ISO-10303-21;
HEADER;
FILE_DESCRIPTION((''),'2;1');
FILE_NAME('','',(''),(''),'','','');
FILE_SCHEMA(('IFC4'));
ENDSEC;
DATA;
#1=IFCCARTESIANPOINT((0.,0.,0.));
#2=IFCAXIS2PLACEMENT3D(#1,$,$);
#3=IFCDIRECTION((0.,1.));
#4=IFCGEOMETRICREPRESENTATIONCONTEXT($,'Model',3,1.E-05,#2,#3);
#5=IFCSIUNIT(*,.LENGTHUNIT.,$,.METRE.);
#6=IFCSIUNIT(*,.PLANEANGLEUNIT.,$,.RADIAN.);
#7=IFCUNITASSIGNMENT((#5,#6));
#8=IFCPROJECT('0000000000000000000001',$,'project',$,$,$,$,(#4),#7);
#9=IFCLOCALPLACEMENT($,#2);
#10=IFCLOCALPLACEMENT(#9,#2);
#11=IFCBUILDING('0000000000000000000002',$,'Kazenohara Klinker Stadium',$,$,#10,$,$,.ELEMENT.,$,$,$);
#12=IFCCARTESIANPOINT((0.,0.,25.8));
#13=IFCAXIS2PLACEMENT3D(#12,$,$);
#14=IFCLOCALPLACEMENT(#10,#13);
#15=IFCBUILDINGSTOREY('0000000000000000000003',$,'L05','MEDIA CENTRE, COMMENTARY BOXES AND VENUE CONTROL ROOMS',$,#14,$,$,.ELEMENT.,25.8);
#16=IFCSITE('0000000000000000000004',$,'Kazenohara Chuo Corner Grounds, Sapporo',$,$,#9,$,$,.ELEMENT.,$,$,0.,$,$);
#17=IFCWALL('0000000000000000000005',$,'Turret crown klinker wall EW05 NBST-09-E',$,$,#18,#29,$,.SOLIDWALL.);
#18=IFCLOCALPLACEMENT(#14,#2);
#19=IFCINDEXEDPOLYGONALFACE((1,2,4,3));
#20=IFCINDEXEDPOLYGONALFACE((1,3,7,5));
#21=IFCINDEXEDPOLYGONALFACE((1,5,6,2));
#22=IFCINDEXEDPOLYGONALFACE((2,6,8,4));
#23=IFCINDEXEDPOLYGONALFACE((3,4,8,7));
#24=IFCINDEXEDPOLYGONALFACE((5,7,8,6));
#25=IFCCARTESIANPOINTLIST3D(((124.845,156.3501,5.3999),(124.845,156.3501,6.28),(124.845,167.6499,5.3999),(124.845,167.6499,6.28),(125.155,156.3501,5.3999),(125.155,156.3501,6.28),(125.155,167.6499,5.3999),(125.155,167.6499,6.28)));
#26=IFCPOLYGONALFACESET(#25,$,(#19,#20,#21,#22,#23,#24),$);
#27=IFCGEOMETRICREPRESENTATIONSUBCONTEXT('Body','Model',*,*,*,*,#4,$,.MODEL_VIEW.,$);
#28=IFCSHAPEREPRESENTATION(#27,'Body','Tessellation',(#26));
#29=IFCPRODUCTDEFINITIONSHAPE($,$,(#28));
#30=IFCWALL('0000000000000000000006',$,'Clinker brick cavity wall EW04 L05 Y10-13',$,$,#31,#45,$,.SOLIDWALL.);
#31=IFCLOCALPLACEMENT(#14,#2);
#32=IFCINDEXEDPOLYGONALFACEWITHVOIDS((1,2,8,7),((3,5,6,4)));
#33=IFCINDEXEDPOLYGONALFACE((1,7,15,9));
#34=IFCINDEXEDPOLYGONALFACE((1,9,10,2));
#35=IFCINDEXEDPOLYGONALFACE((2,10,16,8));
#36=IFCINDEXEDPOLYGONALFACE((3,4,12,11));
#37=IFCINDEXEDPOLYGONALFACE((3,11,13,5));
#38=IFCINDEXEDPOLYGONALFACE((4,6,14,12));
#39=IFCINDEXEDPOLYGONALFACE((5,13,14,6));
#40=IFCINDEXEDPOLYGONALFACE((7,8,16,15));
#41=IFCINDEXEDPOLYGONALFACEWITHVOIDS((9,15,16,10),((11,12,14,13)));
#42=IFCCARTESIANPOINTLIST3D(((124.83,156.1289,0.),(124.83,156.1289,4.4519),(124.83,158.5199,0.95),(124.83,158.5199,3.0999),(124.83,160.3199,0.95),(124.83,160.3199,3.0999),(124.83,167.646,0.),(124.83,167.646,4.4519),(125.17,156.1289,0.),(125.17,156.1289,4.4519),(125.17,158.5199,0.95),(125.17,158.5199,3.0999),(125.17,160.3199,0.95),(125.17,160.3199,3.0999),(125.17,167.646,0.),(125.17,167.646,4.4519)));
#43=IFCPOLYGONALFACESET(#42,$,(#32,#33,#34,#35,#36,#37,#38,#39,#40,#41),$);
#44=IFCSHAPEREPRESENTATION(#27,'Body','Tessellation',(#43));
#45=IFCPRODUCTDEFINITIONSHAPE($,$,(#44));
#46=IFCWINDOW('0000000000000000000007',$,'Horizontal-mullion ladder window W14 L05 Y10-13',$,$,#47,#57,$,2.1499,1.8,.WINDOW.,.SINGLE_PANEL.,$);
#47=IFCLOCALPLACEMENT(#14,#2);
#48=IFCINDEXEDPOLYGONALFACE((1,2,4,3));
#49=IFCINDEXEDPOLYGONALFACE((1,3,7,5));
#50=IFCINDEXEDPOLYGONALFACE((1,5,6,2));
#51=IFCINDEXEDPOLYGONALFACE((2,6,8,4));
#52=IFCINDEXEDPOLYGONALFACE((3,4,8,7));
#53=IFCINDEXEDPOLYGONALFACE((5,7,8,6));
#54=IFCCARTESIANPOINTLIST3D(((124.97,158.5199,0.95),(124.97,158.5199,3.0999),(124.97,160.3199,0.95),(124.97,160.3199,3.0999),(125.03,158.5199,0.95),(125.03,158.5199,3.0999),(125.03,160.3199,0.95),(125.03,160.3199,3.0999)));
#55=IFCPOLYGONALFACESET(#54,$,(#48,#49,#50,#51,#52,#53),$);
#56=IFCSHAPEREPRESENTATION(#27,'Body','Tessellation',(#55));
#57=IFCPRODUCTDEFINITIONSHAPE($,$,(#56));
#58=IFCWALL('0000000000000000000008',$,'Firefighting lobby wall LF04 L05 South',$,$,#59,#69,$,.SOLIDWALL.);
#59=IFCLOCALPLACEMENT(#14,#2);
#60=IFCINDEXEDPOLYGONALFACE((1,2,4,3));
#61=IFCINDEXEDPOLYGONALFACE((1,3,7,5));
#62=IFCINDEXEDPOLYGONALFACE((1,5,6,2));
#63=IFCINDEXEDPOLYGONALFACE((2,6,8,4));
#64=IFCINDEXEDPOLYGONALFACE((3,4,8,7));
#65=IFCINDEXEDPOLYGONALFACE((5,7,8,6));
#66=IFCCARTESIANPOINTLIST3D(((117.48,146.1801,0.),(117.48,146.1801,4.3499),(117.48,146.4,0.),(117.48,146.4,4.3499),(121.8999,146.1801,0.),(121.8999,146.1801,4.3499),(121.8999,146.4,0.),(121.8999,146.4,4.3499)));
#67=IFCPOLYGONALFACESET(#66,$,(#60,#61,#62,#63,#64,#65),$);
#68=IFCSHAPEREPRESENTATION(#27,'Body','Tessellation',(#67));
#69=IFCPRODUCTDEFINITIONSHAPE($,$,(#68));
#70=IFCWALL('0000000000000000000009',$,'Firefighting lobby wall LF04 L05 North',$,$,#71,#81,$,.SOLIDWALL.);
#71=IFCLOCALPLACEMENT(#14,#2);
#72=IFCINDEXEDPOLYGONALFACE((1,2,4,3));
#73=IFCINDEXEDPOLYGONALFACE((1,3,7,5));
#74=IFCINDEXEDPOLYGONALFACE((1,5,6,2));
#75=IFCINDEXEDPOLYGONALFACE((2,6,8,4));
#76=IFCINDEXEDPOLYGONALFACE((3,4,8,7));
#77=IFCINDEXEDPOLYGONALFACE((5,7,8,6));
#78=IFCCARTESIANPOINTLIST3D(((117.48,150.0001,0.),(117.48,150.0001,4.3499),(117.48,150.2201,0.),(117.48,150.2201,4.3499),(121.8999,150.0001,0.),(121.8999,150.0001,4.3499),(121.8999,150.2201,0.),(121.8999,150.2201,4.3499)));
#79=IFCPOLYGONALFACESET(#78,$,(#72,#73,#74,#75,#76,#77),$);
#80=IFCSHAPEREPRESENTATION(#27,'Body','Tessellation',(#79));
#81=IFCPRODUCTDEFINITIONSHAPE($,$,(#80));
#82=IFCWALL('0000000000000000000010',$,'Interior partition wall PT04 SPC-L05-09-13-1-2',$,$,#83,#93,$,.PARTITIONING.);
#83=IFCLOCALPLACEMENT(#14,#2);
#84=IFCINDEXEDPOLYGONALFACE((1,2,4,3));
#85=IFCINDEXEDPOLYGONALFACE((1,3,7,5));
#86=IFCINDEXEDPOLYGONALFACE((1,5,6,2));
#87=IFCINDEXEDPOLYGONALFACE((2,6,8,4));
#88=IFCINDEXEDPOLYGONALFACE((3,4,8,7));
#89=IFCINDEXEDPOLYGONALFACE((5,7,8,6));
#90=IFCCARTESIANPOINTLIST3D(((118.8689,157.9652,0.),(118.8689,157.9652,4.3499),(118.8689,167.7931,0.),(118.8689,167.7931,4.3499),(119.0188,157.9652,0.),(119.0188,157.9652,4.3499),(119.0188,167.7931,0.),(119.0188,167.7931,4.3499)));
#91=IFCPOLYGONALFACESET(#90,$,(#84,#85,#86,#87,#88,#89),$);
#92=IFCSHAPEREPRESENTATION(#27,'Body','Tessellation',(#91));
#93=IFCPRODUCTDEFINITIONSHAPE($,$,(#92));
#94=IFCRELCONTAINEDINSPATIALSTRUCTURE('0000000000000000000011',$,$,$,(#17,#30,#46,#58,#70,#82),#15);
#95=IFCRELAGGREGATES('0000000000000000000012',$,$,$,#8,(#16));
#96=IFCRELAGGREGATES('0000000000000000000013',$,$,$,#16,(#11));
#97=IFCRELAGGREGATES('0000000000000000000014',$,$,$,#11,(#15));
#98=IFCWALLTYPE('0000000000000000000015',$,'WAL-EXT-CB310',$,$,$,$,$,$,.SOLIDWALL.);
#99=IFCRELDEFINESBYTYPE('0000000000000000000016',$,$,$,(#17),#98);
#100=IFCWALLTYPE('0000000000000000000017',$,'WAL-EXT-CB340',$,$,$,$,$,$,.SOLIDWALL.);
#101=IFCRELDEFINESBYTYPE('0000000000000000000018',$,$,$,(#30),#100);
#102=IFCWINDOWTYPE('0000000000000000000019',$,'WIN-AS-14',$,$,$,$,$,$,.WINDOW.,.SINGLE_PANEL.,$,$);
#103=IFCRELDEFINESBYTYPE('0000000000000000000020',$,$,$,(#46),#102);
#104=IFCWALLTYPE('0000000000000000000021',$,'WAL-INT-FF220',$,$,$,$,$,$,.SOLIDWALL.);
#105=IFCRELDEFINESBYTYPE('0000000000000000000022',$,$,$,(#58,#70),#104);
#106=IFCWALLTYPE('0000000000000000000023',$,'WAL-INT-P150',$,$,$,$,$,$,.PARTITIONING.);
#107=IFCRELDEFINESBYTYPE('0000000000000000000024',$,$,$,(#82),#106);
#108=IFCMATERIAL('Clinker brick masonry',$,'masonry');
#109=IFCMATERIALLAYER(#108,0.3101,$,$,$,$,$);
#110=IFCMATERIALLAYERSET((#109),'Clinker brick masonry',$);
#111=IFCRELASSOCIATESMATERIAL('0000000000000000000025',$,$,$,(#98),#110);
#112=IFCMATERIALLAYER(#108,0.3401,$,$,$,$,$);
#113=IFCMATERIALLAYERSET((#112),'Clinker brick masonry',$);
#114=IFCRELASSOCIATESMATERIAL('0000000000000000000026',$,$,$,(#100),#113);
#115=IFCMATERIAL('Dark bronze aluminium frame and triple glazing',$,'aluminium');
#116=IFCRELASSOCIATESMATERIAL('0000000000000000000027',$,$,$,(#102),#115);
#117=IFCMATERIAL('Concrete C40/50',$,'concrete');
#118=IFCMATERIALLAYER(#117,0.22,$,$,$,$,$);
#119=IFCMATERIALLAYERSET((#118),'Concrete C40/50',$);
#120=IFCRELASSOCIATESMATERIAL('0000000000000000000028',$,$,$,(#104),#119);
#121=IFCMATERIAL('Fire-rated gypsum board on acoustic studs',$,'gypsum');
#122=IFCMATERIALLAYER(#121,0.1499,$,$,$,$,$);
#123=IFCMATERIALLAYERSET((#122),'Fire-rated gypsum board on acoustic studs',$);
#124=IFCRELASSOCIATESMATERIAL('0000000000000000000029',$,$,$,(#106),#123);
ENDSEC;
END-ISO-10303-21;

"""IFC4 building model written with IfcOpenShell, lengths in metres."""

from ifc_helpers import new_model, si_unit, direction, frame, frame_2d, origin, place, context, subcontext, project, spatial, rectangle, extrude, material, layer, layer_set, type_object, element, fill, save


model = new_model("IFC4")

# Units and contexts
model_context = context("Model", 3, precision=1e-05, world=origin(), true_north=direction((0.0, 1.0)))
body_context = subcontext(model_context, "Body", "Model", "MODEL_VIEW")
ifc_project = project(units=[si_unit("LENGTHUNIT", "METRE"), si_unit("PLANEANGLEUNIT", "RADIAN")], contexts=[model_context])

# Site, building, storey
site_placement = place(None, origin())
site = spatial("IfcSite", under=ifc_project, at=site_placement, Name="Kazenohara Chuo Corner Grounds, Sapporo", CompositionType="ELEMENT", RefElevation=0.0)
building_placement = place(site_placement, origin())
building = spatial("IfcBuilding", under=site, at=building_placement, Name="Kazenohara Klinker Stadium", CompositionType="ELEMENT")
storey_placement = place(building_placement, frame((0.0, 0.0, 25.8)))
storey = spatial("IfcBuildingStorey", under=building, at=storey_placement, Name="L05", Description="MEDIA CENTRE, COMMENTARY BOXES AND VENUE CONTROL ROOMS", CompositionType="ELEMENT", Elevation=25.8)

# Shared definitions
ifc_material_1 = material(Name="Concrete C40/50", Category="concrete")

# Shared definitions
ifc_material_2 = material(Name="Clinker brick masonry", Category="masonry")
ifc_material_3 = material(Name="Dark bronze aluminium frame and triple glazing", Category="aluminium")
ifc_layer_1 = layer(ifc_material_2, 0.3101)
ifc_layer_set_1 = layer_set([ifc_layer_1], Name="Clinker brick masonry")
wall_type_1 = type_object("IfcWallType", Name="WAL-EXT-CB310", PredefinedType="SOLIDWALL", material=ifc_layer_set_1)

# Wall
wall_1_placement = place(storey_placement, frame((125.0, 156.3501, 5.3999), z_axis=(0.0, 0.0, 1.0), x_axis=(0.0, 1.0, 0.0)))
element("IfcWall", 1, at=wall_1_placement, inside=storey, type_object=wall_type_1, Name="Turret crown klinker wall EW05 NBST-09-E", PredefinedType="SOLIDWALL", context=body_context, shape_type="SweptSolid", body=[
    extrude(rectangle(XDim=11.2998, YDim=0.3101, at=frame_2d((5.6499, 0.0))), origin(), (0.0, 0.0, 1.0), 0.8801),
])

# Wall, opening, window
ifc_layer_2 = layer(ifc_material_2, 0.3401)
ifc_layer_set_2 = layer_set([ifc_layer_2], Name="Clinker brick masonry")
wall_type_2 = type_object("IfcWallType", Name="WAL-EXT-CB340", PredefinedType="SOLIDWALL", material=ifc_layer_set_2)
wall_2_placement = place(storey_placement, frame((125.0, 156.1289, 0.0), z_axis=(0.0, 0.0, 1.0), x_axis=(0.0, 1.0, 0.0)))
wall_2 = element("IfcWall", 2, at=wall_2_placement, inside=storey, type_object=wall_type_2, Name="Clinker brick cavity wall EW04 L05 Y10-13", PredefinedType="SOLIDWALL", context=body_context, shape_type="SweptSolid", body=[
    extrude(rectangle(XDim=11.5171, YDim=0.3401, at=frame_2d((5.7585, 0.0))), origin(), (0.0, 0.0, 1.0), 4.4519),
])
opening_1_placement = place(wall_2_placement, frame((2.3911, 0.0, 0.95)))
opening_1 = element("IfcOpeningElement", 3, at=opening_1_placement, cuts=wall_2, PredefinedType="OPENING", context=body_context, shape_type="SweptSolid", body=[
    extrude(rectangle(XDim=1.8, YDim=2.1499, at=frame_2d((0.8999, 1.075))), frame((0.0, 0.1802, 0.0), z_axis=(0.0, -1.0, 0.0), x_axis=(1.0, 0.0, 0.0)), (0.0, 0.0, 1.0), 0.3601),
])
window_type_1 = type_object("IfcWindowType", Name="WIN-AS-14", PartitioningType="SINGLE_PANEL", PredefinedType="WINDOW", material=ifc_material_3)
window_1_placement = place(opening_1_placement, origin())
window_1 = element("IfcWindow", 4, at=window_1_placement, inside=storey, type_object=window_type_1, Name="Horizontal-mullion ladder window W14 L05 Y10-13", OverallHeight=2.1499, OverallWidth=1.8, PartitioningType="SINGLE_PANEL", PredefinedType="WINDOW", context=body_context, shape_type="SweptSolid", body=[
    extrude(rectangle(XDim=1.8, YDim=2.1499, at=frame_2d((0.8999, 1.075))), frame((0.0, 0.03, 0.0), z_axis=(0.0, -1.0, 0.0), x_axis=(1.0, 0.0, 0.0)), (0.0, 0.0, 1.0), 0.0601),
])
fill(opening_1, window_1)

# Walls
ifc_layer_3 = layer(ifc_material_1, 0.22)
ifc_layer_set_3 = layer_set([ifc_layer_3], Name="Concrete C40/50")
wall_type_3 = type_object("IfcWallType", Name="WAL-INT-FF220", PredefinedType="SOLIDWALL", material=ifc_layer_set_3)
for number, where, z_axis, x_axis, name in (
    (5, (117.48, 146.29, 0.0), (0.0, 0.0, 1.0), (1.0, 0.0, 0.0), "Firefighting lobby wall LF04 L05 South"),
    (6, (117.48, 150.1101, 0.0), (0.0, 0.0, 1.0), (1.0, 0.0, 0.0), "Firefighting lobby wall LF04 L05 North"),
):
    element("IfcWall", number, at=place(storey_placement, frame(where, z_axis=z_axis, x_axis=x_axis)), inside=storey, type_object=wall_type_3, Name=name, PredefinedType="SOLIDWALL", context=body_context, shape_type="SweptSolid", body=[
        extrude(rectangle(XDim=4.4199, YDim=0.22, at=frame_2d((2.21, 0.0))), origin(), (0.0, 0.0, 1.0), 4.3499),
    ])

# Wall
ifc_material_4 = material(Name="Fire-rated gypsum board on acoustic studs", Category="gypsum")
ifc_layer_4 = layer(ifc_material_4, 0.1499)
ifc_layer_set_4 = layer_set([ifc_layer_4], Name="Fire-rated gypsum board on acoustic studs")
wall_type_4 = type_object("IfcWallType", Name="WAL-INT-P150", PredefinedType="PARTITIONING", material=ifc_layer_set_4)
wall_3_placement = place(storey_placement, frame((118.9438, 157.9651, 0.0), z_axis=(0.0, 0.0, 1.0), x_axis=(0.0, 1.0, 0.0)))
element("IfcWall", 7, at=wall_3_placement, inside=storey, type_object=wall_type_4, Name="Interior partition wall PT04 SPC-L05-09-13-1-2", PredefinedType="PARTITIONING", context=body_context, shape_type="SweptSolid", body=[
    extrude(rectangle(XDim=9.8279, YDim=0.1499, at=frame_2d((4.9141, 0.0))), origin(), (0.0, 0.0, 1.0), 4.3499),
])

save(model, "model.ifc")
